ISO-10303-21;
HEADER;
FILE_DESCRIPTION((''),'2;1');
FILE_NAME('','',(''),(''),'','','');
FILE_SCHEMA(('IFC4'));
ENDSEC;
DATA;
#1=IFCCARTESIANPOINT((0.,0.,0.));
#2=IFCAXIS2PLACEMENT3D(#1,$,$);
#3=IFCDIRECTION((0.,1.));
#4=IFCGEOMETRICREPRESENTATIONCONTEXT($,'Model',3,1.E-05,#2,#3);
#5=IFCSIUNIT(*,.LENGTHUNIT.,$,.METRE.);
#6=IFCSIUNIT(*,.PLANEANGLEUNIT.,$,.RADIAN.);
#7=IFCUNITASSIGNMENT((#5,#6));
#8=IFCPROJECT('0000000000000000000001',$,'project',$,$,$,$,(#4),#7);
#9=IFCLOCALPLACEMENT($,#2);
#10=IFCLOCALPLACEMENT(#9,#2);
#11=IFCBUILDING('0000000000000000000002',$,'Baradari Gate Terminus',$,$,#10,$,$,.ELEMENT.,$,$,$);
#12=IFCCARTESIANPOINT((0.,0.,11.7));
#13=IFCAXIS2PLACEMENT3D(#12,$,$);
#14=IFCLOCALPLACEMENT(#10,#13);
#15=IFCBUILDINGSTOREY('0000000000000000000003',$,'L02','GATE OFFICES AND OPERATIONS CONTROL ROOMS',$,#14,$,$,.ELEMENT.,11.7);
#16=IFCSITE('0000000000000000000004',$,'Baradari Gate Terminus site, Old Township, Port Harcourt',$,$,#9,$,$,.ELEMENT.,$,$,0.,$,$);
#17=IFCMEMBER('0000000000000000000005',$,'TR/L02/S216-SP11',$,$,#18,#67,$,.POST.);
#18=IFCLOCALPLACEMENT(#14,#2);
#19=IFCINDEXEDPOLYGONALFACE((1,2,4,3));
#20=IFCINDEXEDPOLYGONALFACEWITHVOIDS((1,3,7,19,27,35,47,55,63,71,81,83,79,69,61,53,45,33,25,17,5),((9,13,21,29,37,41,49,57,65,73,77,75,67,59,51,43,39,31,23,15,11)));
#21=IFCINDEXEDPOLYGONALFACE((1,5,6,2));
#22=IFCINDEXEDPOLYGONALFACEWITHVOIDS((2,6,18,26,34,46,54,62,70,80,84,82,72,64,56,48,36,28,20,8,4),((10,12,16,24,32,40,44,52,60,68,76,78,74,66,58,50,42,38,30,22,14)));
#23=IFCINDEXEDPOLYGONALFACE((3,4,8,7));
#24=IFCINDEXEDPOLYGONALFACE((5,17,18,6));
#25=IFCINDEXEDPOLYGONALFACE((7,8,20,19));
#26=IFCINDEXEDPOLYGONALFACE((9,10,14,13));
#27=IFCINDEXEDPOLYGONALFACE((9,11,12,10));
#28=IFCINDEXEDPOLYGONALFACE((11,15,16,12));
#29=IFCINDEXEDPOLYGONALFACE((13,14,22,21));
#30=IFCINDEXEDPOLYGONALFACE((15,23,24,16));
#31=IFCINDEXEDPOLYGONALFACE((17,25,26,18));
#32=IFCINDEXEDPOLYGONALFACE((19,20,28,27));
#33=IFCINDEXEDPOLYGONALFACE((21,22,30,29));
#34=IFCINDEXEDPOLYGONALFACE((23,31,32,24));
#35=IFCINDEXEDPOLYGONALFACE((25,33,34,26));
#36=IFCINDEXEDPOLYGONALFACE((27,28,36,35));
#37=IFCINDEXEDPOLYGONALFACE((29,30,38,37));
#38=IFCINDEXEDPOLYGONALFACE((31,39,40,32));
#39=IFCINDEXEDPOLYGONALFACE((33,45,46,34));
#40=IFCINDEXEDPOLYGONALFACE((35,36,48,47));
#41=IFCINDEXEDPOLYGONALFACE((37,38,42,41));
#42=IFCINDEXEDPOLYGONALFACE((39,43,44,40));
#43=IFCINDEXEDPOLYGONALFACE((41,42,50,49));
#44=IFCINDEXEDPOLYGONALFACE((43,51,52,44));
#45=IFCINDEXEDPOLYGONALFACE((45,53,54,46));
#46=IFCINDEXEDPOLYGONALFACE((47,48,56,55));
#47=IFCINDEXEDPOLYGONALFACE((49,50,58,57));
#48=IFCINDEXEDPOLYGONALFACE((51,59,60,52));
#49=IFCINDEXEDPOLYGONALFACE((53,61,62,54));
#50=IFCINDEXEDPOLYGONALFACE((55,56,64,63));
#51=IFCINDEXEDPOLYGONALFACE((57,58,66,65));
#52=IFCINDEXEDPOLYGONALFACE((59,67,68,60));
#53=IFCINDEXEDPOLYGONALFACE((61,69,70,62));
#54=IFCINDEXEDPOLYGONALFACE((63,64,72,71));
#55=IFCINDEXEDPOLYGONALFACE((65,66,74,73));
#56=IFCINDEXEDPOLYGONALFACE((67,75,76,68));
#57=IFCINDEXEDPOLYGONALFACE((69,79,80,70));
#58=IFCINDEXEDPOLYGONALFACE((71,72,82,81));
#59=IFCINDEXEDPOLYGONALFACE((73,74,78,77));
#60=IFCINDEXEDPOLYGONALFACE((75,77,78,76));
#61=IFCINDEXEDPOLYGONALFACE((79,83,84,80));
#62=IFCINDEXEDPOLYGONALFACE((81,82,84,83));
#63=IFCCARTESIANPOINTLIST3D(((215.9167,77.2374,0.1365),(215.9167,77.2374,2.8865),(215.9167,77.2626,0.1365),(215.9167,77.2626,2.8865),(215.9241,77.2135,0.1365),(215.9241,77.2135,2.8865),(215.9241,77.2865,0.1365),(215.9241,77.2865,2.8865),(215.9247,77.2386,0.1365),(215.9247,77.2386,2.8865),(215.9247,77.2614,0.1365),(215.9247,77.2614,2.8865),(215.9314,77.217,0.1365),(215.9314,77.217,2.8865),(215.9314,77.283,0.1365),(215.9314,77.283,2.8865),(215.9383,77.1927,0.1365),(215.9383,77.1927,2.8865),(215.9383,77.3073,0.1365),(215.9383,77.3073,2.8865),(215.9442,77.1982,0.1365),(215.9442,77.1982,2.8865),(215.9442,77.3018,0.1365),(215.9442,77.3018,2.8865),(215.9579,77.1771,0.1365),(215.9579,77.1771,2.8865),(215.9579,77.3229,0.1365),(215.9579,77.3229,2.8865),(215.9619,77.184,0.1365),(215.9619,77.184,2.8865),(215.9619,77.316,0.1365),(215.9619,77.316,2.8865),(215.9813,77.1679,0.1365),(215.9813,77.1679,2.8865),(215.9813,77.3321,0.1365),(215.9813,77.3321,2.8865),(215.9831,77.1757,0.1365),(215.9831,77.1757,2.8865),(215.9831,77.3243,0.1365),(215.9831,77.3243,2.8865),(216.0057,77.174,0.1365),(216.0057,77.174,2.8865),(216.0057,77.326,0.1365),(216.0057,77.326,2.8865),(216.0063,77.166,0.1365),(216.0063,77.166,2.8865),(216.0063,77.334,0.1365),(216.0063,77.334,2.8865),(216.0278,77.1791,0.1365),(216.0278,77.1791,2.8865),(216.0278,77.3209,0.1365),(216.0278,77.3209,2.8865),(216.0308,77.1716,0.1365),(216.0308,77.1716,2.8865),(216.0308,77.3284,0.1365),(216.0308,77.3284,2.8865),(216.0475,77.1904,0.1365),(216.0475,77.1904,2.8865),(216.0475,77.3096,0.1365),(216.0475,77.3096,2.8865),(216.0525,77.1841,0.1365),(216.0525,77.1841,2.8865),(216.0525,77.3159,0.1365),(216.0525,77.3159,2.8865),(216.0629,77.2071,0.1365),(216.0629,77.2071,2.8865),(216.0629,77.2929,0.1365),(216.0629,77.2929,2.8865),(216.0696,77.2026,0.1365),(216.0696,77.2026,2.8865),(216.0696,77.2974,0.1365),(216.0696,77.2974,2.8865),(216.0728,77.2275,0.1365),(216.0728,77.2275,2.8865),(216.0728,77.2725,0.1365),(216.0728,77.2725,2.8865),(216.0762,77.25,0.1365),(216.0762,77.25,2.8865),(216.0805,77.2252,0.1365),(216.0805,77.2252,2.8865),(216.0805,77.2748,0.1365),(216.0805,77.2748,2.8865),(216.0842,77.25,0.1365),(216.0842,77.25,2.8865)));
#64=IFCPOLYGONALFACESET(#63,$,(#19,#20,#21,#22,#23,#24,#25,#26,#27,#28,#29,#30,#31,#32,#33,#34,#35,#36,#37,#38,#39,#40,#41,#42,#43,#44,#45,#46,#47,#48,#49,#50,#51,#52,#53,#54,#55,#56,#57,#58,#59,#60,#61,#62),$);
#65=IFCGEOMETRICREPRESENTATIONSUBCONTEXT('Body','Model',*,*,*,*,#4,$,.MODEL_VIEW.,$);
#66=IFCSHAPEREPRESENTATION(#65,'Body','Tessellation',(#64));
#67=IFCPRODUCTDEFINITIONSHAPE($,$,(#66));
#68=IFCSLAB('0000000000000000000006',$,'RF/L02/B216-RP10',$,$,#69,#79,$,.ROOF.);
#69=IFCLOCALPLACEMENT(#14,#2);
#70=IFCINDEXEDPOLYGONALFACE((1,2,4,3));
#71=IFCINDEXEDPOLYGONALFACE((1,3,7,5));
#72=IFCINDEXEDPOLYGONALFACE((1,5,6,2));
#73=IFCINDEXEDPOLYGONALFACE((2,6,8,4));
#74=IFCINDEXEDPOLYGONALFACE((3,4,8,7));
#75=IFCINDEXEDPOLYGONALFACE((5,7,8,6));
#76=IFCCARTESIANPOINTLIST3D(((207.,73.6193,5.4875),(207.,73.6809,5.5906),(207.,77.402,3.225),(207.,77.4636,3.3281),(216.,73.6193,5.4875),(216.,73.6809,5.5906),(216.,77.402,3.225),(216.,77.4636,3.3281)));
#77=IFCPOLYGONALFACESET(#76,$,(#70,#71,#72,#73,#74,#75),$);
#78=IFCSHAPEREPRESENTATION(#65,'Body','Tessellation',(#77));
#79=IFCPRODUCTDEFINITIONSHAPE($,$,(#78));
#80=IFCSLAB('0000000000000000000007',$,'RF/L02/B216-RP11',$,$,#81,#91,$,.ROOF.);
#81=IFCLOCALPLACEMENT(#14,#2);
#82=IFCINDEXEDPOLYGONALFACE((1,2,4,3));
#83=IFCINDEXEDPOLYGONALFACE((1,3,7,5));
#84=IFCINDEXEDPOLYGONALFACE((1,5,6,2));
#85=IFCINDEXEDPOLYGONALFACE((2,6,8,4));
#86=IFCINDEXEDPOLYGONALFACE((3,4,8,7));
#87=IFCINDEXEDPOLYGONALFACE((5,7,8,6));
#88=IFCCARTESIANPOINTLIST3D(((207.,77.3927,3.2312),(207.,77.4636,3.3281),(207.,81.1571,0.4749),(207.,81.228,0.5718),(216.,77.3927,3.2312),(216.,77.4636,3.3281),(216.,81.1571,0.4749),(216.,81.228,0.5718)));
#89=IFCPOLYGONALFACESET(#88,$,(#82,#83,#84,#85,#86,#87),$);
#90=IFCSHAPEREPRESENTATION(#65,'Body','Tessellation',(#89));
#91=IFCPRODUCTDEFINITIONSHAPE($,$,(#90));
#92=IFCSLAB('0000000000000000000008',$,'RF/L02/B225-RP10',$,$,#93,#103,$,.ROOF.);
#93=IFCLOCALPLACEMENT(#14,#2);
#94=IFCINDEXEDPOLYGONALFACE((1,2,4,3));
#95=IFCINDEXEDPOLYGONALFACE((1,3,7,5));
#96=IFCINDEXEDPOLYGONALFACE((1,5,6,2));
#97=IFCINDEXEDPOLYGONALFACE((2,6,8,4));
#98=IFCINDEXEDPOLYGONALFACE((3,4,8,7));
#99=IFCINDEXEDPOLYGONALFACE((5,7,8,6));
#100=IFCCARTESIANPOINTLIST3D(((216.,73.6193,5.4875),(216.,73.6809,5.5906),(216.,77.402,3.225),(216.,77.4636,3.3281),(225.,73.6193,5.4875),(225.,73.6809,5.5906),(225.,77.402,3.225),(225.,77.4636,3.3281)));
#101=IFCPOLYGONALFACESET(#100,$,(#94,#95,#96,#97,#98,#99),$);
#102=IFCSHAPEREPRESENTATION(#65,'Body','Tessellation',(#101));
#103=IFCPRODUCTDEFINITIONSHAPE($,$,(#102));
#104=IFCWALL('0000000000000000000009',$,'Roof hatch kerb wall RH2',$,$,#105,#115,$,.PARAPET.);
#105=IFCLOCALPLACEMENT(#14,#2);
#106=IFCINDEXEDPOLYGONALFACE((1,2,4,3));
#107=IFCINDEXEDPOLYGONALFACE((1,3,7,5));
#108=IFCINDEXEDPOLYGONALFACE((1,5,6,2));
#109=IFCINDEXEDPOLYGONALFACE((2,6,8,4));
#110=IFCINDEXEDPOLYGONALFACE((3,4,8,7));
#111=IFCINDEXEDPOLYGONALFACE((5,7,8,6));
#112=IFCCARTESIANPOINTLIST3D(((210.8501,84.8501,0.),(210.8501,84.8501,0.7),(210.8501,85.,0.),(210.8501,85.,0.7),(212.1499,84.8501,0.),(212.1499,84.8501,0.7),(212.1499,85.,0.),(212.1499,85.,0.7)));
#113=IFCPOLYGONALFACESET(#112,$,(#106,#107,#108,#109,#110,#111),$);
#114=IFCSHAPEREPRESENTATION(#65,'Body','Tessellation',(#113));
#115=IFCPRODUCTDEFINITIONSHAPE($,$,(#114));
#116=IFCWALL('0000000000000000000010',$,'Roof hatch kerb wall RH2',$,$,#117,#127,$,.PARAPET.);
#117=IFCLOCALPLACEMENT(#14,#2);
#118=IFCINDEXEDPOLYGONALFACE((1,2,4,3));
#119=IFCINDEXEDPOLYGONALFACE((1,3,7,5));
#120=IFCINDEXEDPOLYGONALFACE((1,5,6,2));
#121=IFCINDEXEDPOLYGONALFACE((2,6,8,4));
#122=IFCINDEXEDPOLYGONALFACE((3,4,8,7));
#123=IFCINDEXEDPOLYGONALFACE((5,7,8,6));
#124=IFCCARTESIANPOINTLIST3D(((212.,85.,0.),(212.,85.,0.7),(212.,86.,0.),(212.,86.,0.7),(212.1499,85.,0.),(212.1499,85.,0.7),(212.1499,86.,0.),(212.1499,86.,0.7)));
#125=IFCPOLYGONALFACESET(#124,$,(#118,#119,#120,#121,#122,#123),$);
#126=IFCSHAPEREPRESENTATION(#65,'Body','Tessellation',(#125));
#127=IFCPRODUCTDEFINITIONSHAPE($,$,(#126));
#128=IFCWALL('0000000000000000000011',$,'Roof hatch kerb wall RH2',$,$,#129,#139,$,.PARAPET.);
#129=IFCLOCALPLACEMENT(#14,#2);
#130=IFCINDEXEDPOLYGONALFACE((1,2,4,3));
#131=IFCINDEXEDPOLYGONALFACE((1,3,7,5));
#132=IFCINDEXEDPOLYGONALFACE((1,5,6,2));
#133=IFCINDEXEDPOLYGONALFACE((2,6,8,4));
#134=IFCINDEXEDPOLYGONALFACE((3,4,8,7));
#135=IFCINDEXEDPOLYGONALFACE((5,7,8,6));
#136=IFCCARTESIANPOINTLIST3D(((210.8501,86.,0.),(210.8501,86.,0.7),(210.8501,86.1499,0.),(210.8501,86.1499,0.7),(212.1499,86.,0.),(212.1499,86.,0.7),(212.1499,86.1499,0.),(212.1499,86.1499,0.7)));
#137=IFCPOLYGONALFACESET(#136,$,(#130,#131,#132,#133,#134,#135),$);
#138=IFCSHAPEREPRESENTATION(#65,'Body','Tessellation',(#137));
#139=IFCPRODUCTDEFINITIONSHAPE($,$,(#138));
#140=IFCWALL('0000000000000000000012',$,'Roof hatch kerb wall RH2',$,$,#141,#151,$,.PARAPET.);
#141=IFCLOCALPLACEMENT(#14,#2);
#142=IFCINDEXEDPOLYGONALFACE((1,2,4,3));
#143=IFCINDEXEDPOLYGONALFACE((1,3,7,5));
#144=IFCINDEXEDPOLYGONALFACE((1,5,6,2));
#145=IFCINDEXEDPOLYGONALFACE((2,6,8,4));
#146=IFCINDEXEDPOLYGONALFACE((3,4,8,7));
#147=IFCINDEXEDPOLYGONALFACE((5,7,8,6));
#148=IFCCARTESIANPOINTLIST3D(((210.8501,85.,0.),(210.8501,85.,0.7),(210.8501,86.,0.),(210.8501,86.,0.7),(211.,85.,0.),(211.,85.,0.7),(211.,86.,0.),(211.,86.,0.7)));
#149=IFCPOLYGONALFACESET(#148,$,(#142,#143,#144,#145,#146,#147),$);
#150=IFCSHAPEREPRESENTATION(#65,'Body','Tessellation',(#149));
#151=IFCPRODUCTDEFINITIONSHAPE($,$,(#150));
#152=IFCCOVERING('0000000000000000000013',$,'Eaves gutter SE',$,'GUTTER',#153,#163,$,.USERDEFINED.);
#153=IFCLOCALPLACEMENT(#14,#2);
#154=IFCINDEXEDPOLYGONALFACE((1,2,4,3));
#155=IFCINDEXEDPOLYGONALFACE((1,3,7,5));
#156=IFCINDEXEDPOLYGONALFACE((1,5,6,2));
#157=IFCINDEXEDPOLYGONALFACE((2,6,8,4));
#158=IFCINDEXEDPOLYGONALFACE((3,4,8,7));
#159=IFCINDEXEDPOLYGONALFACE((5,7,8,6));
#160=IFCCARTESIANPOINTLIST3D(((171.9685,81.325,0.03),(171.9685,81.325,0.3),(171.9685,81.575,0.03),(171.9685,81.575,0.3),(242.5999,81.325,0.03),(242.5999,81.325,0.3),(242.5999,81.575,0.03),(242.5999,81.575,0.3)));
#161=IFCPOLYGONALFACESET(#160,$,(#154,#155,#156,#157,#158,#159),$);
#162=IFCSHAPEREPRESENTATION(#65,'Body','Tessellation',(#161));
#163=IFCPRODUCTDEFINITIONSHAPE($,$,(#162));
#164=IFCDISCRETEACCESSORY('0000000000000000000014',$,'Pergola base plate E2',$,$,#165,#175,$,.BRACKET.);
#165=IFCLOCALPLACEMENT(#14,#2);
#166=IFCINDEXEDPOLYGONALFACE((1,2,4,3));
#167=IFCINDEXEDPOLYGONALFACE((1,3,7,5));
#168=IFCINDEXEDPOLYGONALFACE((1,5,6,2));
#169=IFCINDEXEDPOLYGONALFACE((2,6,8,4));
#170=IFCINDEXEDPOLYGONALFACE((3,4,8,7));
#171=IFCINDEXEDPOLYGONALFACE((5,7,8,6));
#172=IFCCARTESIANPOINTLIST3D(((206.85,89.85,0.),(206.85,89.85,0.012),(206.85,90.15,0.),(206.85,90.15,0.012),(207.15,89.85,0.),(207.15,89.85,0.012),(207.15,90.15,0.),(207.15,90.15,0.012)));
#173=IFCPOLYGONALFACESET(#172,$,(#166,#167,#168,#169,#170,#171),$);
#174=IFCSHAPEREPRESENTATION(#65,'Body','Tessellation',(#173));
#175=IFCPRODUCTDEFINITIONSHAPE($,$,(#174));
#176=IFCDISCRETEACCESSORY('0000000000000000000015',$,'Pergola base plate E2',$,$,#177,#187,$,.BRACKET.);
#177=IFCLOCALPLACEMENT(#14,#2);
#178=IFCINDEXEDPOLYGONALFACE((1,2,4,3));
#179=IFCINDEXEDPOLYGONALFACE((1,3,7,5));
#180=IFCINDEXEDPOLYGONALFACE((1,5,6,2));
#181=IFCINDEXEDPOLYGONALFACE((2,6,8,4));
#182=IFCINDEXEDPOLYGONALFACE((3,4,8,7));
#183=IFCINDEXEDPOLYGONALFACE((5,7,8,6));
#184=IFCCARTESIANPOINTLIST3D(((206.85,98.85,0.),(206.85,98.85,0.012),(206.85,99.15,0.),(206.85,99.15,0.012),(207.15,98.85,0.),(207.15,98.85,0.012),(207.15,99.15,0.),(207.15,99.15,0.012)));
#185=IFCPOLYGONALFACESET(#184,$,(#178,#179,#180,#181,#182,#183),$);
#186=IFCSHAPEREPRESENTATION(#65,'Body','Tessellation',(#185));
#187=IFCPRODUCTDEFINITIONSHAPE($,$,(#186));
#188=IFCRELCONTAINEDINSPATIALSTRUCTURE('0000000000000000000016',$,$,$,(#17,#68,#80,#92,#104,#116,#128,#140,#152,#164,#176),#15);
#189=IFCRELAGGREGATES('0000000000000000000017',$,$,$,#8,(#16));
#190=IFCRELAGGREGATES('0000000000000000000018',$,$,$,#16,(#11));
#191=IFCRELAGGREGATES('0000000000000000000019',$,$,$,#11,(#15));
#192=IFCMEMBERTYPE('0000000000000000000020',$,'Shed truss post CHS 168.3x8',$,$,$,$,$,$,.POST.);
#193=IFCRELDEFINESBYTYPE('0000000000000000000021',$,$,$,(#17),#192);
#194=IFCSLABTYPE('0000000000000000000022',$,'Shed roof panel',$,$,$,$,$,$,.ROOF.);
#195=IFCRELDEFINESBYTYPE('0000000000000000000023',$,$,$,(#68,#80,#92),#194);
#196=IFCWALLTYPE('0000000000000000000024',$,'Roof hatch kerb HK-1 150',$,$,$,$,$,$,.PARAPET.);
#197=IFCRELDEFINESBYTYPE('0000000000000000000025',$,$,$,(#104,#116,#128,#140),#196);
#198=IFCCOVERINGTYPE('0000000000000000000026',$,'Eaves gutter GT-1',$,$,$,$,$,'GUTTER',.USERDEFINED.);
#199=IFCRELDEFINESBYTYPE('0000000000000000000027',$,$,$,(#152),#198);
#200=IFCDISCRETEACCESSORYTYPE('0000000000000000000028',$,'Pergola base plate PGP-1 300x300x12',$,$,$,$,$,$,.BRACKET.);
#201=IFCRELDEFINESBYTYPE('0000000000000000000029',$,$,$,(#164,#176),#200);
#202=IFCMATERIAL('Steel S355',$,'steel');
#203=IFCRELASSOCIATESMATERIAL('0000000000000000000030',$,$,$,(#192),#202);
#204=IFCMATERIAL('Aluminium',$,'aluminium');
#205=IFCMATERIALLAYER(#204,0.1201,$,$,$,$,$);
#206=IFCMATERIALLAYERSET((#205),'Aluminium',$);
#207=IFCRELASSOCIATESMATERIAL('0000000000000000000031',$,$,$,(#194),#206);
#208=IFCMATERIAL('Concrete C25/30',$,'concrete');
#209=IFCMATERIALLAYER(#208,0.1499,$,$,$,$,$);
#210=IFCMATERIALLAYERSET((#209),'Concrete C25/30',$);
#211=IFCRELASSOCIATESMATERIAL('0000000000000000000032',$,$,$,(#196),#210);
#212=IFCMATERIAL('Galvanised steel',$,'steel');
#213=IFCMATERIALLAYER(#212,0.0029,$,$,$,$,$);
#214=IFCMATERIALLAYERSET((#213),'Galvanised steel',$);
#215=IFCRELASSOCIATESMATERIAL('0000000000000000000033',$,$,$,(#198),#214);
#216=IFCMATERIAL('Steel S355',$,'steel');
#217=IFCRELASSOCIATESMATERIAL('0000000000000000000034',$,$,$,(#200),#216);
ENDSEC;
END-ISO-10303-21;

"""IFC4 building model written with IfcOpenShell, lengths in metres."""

from ifc_helpers import new_model, si_unit, direction, frame, frame_2d, origin, origin_2d, place, context, subcontext, project, spatial, polyline, rectangle, hollow_circle, outline, extrude, material, layer, layer_set, material_profile, profile_set, type_object, element, save


model = new_model("IFC4")

# Units and contexts
model_context = context("Model", 3, precision=1e-05, world=origin(), true_north=direction((0.0, 1.0)))
body_context = subcontext(model_context, "Body", "Model", "MODEL_VIEW")
ifc_project = project(units=[si_unit("LENGTHUNIT", "METRE"), si_unit("PLANEANGLEUNIT", "RADIAN")], contexts=[model_context])

# Site, building, storey
site_placement = place(None, origin())
site = spatial("IfcSite", under=ifc_project, at=site_placement, Name="Baradari Gate Terminus site, Old Township, Port Harcourt", CompositionType="ELEMENT", RefElevation=0.0)
building_placement = place(site_placement, origin())
building = spatial("IfcBuilding", under=site, at=building_placement, Name="Baradari Gate Terminus", CompositionType="ELEMENT")
storey_placement = place(building_placement, frame((0.0, 0.0, 11.7)))
storey = spatial("IfcBuildingStorey", under=building, at=storey_placement, Name="L02", Description="GATE OFFICES AND OPERATIONS CONTROL ROOMS", CompositionType="ELEMENT", Elevation=11.7)

# Member
ifc_material_1 = material(Name="Steel S355", Category="steel")
ifc_material_profile_1 = material_profile(ifc_material_1, hollow_circle(Radius=0.0842, WallThickness=0.0081, at=origin_2d()), Name="CHS 168.3x8")
ifc_profile_set_1 = profile_set([ifc_material_profile_1], Name="Steel S355")
member_type_1 = type_object("IfcMemberType", Name="Shed truss post CHS 168.3x8", PredefinedType="POST", material=ifc_profile_set_1)
member_1_placement = place(storey_placement, frame((216.0, 77.25, 0.1365), z_axis=(0.0, 0.0, 1.0), x_axis=(1.0, 0.0, 0.0)))
element("IfcMember", 1, at=member_1_placement, inside=storey, type_object=member_type_1, Name="TR/L02/S216-SP11", PredefinedType="POST", context=body_context, shape_type="SweptSolid", body=[
    extrude(hollow_circle(Radius=0.0842, WallThickness=0.0081, at=origin_2d()), origin(), (0.0, 0.0, 1.0), 2.75),
])

# Slabs
ifc_material_2 = material(Name="Aluminium", Category="aluminium")
ifc_layer_1 = layer(ifc_material_2, 0.1201)
ifc_layer_set_1 = layer_set([ifc_layer_1], Name="Aluminium")
slab_type = type_object("IfcSlabType", Name="Shed roof panel", PredefinedType="ROOF", material=ifc_layer_set_1)
slab_1_placement = place(storey_placement, frame((207.0, 73.6809, 5.5906), z_axis=(0.0, 0.513298, 0.858211), x_axis=(1.0, 0.0, 0.0)))
element("IfcSlab", 2, at=slab_1_placement, inside=storey, type_object=slab_type, Name="RF/L02/B216-RP10", PredefinedType="ROOF", context=body_context, shape_type="SweptSolid", body=[
    extrude(outline(polyline([(0.0, 0.0), (9.0, 0.0), (9.0, 4.4077), (0.0, 4.4077), (0.0, 0.0)])), origin(), (0.0, 0.0, -1.0), 0.1201),
])
slab_2_placement = place(storey_placement, frame((207.0, 77.4636, 3.3281), z_axis=(0.0, 0.590776, 0.806836), x_axis=(1.0, 0.0, 0.0)))
element("IfcSlab", 3, at=slab_2_placement, inside=storey, type_object=slab_type, Name="RF/L02/B216-RP11", PredefinedType="ROOF", context=body_context, shape_type="SweptSolid", body=[
    extrude(outline(polyline([(0.0, 0.0), (9.0, 0.0), (9.0, 4.6656), (0.0, 4.6656), (0.0, 0.0)])), origin(), (0.0, 0.0, -1.0), 0.1201),
])
slab_3_placement = place(storey_placement, frame((216.0, 73.6809, 5.5906), z_axis=(0.0, 0.513298, 0.858211), x_axis=(1.0, 0.0, 0.0)))
element("IfcSlab", 4, at=slab_3_placement, inside=storey, type_object=slab_type, Name="RF/L02/B225-RP10", PredefinedType="ROOF", context=body_context, shape_type="SweptSolid", body=[
    extrude(outline(polyline([(0.0, 0.0), (9.0, 0.0), (9.0, 4.4077), (0.0, 4.4077), (0.0, 0.0)])), origin(), (0.0, 0.0, -1.0), 0.1201),
])

# Walls
ifc_material_3 = material(Name="Concrete C25/30", Category="concrete")
ifc_layer_2 = layer(ifc_material_3, 0.1499)
ifc_layer_set_2 = layer_set([ifc_layer_2], Name="Concrete C25/30")
wall_type = type_object("IfcWallType", Name="Roof hatch kerb HK-1 150", PredefinedType="PARAPET", material=ifc_layer_set_2)
wall_1_placement = place(storey_placement, frame((210.8501, 84.925, 0.0), z_axis=(0.0, 0.0, 1.0), x_axis=(1.0, 0.0, 0.0)))
element("IfcWall", 5, at=wall_1_placement, inside=storey, type_object=wall_type, Name="Roof hatch kerb wall RH2", PredefinedType="PARAPET", context=body_context, shape_type="SweptSolid", body=[
    extrude(rectangle(XDim=1.2998, YDim=0.1499, at=frame_2d((0.6499, 0.0))), origin(), (0.0, 0.0, 1.0), 0.7),
])
wall_2_placement = place(storey_placement, frame((212.075, 85.0, 0.0), z_axis=(0.0, 0.0, 1.0), x_axis=(0.0, 1.0, 0.0)))
element("IfcWall", 6, at=wall_2_placement, inside=storey, type_object=wall_type, Name="Roof hatch kerb wall RH2", PredefinedType="PARAPET", context=body_context, shape_type="SweptSolid", body=[
    extrude(rectangle(XDim=1.0, YDim=0.1499, at=frame_2d((0.5, 0.0))), origin(), (0.0, 0.0, 1.0), 0.7),
])
wall_3_placement = place(storey_placement, frame((212.1499, 86.075, 0.0), z_axis=(0.0, 0.0, 1.0), x_axis=(-1.0, 0.0, 0.0)))
element("IfcWall", 7, at=wall_3_placement, inside=storey, type_object=wall_type, Name="Roof hatch kerb wall RH2", PredefinedType="PARAPET", context=body_context, shape_type="SweptSolid", body=[
    extrude(rectangle(XDim=1.2998, YDim=0.1499, at=frame_2d((0.6499, 0.0))), origin(), (0.0, 0.0, 1.0), 0.7),
])
wall_4_placement = place(storey_placement, frame((210.925, 86.0, 0.0), z_axis=(0.0, 0.0, 1.0), x_axis=(0.0, -1.0, 0.0)))
element("IfcWall", 8, at=wall_4_placement, inside=storey, type_object=wall_type, Name="Roof hatch kerb wall RH2", PredefinedType="PARAPET", context=body_context, shape_type="SweptSolid", body=[
    extrude(rectangle(XDim=1.0, YDim=0.1499, at=frame_2d((0.5, 0.0))), origin(), (0.0, 0.0, 1.0), 0.7),
])

# Covering
ifc_material_4 = material(Name="Galvanised steel", Category="steel")
ifc_layer_3 = layer(ifc_material_4, 0.0029)
ifc_layer_set_3 = layer_set([ifc_layer_3], Name="Galvanised steel")
covering_type = type_object("IfcCoveringType", Name="Eaves gutter GT-1", ElementType="GUTTER", PredefinedType="USERDEFINED", material=ifc_layer_set_3)
covering_placement = place(storey_placement, frame((207.2842, 81.45, 0.03), z_axis=(0.0, 0.0, 1.0), x_axis=(1.0, 0.0, 0.0)))
element("IfcCovering", 9, at=covering_placement, inside=storey, type_object=covering_type, Name="Eaves gutter SE", ObjectType="GUTTER", PredefinedType="USERDEFINED", context=body_context, shape_type="SweptSolid", body=[
    extrude(rectangle(XDim=70.6313, YDim=0.25, at=origin_2d()), origin(), (0.0, 0.0, 1.0), 0.27),
])

# Discrete accessories
ifc_material_5 = material(Name="Steel S355", Category="steel")
discrete_accessory_type = type_object("IfcDiscreteAccessoryType", Name="Pergola base plate PGP-1 300x300x12", PredefinedType="BRACKET", material=ifc_material_5)
for number, where, z_axis, x_axis, name in (
    (10, (207.0, 90.0, 0.0), (0.0, 0.0, 1.0), (1.0, 0.0, 0.0), "Pergola base plate E2"),
    (11, (207.0, 99.0, 0.0), (0.0, 0.0, 1.0), (1.0, 0.0, 0.0), "Pergola base plate E2"),
):
    element("IfcDiscreteAccessory", number, at=place(storey_placement, frame(where, z_axis=z_axis, x_axis=x_axis)), inside=storey, type_object=discrete_accessory_type, Name=name, PredefinedType="BRACKET", context=body_context, shape_type="SweptSolid", body=[
        extrude(rectangle(XDim=0.3, YDim=0.3, at=origin_2d()), origin(), (0.0, 0.0, 1.0), 0.012),
    ])

save(model, "model.ifc")
